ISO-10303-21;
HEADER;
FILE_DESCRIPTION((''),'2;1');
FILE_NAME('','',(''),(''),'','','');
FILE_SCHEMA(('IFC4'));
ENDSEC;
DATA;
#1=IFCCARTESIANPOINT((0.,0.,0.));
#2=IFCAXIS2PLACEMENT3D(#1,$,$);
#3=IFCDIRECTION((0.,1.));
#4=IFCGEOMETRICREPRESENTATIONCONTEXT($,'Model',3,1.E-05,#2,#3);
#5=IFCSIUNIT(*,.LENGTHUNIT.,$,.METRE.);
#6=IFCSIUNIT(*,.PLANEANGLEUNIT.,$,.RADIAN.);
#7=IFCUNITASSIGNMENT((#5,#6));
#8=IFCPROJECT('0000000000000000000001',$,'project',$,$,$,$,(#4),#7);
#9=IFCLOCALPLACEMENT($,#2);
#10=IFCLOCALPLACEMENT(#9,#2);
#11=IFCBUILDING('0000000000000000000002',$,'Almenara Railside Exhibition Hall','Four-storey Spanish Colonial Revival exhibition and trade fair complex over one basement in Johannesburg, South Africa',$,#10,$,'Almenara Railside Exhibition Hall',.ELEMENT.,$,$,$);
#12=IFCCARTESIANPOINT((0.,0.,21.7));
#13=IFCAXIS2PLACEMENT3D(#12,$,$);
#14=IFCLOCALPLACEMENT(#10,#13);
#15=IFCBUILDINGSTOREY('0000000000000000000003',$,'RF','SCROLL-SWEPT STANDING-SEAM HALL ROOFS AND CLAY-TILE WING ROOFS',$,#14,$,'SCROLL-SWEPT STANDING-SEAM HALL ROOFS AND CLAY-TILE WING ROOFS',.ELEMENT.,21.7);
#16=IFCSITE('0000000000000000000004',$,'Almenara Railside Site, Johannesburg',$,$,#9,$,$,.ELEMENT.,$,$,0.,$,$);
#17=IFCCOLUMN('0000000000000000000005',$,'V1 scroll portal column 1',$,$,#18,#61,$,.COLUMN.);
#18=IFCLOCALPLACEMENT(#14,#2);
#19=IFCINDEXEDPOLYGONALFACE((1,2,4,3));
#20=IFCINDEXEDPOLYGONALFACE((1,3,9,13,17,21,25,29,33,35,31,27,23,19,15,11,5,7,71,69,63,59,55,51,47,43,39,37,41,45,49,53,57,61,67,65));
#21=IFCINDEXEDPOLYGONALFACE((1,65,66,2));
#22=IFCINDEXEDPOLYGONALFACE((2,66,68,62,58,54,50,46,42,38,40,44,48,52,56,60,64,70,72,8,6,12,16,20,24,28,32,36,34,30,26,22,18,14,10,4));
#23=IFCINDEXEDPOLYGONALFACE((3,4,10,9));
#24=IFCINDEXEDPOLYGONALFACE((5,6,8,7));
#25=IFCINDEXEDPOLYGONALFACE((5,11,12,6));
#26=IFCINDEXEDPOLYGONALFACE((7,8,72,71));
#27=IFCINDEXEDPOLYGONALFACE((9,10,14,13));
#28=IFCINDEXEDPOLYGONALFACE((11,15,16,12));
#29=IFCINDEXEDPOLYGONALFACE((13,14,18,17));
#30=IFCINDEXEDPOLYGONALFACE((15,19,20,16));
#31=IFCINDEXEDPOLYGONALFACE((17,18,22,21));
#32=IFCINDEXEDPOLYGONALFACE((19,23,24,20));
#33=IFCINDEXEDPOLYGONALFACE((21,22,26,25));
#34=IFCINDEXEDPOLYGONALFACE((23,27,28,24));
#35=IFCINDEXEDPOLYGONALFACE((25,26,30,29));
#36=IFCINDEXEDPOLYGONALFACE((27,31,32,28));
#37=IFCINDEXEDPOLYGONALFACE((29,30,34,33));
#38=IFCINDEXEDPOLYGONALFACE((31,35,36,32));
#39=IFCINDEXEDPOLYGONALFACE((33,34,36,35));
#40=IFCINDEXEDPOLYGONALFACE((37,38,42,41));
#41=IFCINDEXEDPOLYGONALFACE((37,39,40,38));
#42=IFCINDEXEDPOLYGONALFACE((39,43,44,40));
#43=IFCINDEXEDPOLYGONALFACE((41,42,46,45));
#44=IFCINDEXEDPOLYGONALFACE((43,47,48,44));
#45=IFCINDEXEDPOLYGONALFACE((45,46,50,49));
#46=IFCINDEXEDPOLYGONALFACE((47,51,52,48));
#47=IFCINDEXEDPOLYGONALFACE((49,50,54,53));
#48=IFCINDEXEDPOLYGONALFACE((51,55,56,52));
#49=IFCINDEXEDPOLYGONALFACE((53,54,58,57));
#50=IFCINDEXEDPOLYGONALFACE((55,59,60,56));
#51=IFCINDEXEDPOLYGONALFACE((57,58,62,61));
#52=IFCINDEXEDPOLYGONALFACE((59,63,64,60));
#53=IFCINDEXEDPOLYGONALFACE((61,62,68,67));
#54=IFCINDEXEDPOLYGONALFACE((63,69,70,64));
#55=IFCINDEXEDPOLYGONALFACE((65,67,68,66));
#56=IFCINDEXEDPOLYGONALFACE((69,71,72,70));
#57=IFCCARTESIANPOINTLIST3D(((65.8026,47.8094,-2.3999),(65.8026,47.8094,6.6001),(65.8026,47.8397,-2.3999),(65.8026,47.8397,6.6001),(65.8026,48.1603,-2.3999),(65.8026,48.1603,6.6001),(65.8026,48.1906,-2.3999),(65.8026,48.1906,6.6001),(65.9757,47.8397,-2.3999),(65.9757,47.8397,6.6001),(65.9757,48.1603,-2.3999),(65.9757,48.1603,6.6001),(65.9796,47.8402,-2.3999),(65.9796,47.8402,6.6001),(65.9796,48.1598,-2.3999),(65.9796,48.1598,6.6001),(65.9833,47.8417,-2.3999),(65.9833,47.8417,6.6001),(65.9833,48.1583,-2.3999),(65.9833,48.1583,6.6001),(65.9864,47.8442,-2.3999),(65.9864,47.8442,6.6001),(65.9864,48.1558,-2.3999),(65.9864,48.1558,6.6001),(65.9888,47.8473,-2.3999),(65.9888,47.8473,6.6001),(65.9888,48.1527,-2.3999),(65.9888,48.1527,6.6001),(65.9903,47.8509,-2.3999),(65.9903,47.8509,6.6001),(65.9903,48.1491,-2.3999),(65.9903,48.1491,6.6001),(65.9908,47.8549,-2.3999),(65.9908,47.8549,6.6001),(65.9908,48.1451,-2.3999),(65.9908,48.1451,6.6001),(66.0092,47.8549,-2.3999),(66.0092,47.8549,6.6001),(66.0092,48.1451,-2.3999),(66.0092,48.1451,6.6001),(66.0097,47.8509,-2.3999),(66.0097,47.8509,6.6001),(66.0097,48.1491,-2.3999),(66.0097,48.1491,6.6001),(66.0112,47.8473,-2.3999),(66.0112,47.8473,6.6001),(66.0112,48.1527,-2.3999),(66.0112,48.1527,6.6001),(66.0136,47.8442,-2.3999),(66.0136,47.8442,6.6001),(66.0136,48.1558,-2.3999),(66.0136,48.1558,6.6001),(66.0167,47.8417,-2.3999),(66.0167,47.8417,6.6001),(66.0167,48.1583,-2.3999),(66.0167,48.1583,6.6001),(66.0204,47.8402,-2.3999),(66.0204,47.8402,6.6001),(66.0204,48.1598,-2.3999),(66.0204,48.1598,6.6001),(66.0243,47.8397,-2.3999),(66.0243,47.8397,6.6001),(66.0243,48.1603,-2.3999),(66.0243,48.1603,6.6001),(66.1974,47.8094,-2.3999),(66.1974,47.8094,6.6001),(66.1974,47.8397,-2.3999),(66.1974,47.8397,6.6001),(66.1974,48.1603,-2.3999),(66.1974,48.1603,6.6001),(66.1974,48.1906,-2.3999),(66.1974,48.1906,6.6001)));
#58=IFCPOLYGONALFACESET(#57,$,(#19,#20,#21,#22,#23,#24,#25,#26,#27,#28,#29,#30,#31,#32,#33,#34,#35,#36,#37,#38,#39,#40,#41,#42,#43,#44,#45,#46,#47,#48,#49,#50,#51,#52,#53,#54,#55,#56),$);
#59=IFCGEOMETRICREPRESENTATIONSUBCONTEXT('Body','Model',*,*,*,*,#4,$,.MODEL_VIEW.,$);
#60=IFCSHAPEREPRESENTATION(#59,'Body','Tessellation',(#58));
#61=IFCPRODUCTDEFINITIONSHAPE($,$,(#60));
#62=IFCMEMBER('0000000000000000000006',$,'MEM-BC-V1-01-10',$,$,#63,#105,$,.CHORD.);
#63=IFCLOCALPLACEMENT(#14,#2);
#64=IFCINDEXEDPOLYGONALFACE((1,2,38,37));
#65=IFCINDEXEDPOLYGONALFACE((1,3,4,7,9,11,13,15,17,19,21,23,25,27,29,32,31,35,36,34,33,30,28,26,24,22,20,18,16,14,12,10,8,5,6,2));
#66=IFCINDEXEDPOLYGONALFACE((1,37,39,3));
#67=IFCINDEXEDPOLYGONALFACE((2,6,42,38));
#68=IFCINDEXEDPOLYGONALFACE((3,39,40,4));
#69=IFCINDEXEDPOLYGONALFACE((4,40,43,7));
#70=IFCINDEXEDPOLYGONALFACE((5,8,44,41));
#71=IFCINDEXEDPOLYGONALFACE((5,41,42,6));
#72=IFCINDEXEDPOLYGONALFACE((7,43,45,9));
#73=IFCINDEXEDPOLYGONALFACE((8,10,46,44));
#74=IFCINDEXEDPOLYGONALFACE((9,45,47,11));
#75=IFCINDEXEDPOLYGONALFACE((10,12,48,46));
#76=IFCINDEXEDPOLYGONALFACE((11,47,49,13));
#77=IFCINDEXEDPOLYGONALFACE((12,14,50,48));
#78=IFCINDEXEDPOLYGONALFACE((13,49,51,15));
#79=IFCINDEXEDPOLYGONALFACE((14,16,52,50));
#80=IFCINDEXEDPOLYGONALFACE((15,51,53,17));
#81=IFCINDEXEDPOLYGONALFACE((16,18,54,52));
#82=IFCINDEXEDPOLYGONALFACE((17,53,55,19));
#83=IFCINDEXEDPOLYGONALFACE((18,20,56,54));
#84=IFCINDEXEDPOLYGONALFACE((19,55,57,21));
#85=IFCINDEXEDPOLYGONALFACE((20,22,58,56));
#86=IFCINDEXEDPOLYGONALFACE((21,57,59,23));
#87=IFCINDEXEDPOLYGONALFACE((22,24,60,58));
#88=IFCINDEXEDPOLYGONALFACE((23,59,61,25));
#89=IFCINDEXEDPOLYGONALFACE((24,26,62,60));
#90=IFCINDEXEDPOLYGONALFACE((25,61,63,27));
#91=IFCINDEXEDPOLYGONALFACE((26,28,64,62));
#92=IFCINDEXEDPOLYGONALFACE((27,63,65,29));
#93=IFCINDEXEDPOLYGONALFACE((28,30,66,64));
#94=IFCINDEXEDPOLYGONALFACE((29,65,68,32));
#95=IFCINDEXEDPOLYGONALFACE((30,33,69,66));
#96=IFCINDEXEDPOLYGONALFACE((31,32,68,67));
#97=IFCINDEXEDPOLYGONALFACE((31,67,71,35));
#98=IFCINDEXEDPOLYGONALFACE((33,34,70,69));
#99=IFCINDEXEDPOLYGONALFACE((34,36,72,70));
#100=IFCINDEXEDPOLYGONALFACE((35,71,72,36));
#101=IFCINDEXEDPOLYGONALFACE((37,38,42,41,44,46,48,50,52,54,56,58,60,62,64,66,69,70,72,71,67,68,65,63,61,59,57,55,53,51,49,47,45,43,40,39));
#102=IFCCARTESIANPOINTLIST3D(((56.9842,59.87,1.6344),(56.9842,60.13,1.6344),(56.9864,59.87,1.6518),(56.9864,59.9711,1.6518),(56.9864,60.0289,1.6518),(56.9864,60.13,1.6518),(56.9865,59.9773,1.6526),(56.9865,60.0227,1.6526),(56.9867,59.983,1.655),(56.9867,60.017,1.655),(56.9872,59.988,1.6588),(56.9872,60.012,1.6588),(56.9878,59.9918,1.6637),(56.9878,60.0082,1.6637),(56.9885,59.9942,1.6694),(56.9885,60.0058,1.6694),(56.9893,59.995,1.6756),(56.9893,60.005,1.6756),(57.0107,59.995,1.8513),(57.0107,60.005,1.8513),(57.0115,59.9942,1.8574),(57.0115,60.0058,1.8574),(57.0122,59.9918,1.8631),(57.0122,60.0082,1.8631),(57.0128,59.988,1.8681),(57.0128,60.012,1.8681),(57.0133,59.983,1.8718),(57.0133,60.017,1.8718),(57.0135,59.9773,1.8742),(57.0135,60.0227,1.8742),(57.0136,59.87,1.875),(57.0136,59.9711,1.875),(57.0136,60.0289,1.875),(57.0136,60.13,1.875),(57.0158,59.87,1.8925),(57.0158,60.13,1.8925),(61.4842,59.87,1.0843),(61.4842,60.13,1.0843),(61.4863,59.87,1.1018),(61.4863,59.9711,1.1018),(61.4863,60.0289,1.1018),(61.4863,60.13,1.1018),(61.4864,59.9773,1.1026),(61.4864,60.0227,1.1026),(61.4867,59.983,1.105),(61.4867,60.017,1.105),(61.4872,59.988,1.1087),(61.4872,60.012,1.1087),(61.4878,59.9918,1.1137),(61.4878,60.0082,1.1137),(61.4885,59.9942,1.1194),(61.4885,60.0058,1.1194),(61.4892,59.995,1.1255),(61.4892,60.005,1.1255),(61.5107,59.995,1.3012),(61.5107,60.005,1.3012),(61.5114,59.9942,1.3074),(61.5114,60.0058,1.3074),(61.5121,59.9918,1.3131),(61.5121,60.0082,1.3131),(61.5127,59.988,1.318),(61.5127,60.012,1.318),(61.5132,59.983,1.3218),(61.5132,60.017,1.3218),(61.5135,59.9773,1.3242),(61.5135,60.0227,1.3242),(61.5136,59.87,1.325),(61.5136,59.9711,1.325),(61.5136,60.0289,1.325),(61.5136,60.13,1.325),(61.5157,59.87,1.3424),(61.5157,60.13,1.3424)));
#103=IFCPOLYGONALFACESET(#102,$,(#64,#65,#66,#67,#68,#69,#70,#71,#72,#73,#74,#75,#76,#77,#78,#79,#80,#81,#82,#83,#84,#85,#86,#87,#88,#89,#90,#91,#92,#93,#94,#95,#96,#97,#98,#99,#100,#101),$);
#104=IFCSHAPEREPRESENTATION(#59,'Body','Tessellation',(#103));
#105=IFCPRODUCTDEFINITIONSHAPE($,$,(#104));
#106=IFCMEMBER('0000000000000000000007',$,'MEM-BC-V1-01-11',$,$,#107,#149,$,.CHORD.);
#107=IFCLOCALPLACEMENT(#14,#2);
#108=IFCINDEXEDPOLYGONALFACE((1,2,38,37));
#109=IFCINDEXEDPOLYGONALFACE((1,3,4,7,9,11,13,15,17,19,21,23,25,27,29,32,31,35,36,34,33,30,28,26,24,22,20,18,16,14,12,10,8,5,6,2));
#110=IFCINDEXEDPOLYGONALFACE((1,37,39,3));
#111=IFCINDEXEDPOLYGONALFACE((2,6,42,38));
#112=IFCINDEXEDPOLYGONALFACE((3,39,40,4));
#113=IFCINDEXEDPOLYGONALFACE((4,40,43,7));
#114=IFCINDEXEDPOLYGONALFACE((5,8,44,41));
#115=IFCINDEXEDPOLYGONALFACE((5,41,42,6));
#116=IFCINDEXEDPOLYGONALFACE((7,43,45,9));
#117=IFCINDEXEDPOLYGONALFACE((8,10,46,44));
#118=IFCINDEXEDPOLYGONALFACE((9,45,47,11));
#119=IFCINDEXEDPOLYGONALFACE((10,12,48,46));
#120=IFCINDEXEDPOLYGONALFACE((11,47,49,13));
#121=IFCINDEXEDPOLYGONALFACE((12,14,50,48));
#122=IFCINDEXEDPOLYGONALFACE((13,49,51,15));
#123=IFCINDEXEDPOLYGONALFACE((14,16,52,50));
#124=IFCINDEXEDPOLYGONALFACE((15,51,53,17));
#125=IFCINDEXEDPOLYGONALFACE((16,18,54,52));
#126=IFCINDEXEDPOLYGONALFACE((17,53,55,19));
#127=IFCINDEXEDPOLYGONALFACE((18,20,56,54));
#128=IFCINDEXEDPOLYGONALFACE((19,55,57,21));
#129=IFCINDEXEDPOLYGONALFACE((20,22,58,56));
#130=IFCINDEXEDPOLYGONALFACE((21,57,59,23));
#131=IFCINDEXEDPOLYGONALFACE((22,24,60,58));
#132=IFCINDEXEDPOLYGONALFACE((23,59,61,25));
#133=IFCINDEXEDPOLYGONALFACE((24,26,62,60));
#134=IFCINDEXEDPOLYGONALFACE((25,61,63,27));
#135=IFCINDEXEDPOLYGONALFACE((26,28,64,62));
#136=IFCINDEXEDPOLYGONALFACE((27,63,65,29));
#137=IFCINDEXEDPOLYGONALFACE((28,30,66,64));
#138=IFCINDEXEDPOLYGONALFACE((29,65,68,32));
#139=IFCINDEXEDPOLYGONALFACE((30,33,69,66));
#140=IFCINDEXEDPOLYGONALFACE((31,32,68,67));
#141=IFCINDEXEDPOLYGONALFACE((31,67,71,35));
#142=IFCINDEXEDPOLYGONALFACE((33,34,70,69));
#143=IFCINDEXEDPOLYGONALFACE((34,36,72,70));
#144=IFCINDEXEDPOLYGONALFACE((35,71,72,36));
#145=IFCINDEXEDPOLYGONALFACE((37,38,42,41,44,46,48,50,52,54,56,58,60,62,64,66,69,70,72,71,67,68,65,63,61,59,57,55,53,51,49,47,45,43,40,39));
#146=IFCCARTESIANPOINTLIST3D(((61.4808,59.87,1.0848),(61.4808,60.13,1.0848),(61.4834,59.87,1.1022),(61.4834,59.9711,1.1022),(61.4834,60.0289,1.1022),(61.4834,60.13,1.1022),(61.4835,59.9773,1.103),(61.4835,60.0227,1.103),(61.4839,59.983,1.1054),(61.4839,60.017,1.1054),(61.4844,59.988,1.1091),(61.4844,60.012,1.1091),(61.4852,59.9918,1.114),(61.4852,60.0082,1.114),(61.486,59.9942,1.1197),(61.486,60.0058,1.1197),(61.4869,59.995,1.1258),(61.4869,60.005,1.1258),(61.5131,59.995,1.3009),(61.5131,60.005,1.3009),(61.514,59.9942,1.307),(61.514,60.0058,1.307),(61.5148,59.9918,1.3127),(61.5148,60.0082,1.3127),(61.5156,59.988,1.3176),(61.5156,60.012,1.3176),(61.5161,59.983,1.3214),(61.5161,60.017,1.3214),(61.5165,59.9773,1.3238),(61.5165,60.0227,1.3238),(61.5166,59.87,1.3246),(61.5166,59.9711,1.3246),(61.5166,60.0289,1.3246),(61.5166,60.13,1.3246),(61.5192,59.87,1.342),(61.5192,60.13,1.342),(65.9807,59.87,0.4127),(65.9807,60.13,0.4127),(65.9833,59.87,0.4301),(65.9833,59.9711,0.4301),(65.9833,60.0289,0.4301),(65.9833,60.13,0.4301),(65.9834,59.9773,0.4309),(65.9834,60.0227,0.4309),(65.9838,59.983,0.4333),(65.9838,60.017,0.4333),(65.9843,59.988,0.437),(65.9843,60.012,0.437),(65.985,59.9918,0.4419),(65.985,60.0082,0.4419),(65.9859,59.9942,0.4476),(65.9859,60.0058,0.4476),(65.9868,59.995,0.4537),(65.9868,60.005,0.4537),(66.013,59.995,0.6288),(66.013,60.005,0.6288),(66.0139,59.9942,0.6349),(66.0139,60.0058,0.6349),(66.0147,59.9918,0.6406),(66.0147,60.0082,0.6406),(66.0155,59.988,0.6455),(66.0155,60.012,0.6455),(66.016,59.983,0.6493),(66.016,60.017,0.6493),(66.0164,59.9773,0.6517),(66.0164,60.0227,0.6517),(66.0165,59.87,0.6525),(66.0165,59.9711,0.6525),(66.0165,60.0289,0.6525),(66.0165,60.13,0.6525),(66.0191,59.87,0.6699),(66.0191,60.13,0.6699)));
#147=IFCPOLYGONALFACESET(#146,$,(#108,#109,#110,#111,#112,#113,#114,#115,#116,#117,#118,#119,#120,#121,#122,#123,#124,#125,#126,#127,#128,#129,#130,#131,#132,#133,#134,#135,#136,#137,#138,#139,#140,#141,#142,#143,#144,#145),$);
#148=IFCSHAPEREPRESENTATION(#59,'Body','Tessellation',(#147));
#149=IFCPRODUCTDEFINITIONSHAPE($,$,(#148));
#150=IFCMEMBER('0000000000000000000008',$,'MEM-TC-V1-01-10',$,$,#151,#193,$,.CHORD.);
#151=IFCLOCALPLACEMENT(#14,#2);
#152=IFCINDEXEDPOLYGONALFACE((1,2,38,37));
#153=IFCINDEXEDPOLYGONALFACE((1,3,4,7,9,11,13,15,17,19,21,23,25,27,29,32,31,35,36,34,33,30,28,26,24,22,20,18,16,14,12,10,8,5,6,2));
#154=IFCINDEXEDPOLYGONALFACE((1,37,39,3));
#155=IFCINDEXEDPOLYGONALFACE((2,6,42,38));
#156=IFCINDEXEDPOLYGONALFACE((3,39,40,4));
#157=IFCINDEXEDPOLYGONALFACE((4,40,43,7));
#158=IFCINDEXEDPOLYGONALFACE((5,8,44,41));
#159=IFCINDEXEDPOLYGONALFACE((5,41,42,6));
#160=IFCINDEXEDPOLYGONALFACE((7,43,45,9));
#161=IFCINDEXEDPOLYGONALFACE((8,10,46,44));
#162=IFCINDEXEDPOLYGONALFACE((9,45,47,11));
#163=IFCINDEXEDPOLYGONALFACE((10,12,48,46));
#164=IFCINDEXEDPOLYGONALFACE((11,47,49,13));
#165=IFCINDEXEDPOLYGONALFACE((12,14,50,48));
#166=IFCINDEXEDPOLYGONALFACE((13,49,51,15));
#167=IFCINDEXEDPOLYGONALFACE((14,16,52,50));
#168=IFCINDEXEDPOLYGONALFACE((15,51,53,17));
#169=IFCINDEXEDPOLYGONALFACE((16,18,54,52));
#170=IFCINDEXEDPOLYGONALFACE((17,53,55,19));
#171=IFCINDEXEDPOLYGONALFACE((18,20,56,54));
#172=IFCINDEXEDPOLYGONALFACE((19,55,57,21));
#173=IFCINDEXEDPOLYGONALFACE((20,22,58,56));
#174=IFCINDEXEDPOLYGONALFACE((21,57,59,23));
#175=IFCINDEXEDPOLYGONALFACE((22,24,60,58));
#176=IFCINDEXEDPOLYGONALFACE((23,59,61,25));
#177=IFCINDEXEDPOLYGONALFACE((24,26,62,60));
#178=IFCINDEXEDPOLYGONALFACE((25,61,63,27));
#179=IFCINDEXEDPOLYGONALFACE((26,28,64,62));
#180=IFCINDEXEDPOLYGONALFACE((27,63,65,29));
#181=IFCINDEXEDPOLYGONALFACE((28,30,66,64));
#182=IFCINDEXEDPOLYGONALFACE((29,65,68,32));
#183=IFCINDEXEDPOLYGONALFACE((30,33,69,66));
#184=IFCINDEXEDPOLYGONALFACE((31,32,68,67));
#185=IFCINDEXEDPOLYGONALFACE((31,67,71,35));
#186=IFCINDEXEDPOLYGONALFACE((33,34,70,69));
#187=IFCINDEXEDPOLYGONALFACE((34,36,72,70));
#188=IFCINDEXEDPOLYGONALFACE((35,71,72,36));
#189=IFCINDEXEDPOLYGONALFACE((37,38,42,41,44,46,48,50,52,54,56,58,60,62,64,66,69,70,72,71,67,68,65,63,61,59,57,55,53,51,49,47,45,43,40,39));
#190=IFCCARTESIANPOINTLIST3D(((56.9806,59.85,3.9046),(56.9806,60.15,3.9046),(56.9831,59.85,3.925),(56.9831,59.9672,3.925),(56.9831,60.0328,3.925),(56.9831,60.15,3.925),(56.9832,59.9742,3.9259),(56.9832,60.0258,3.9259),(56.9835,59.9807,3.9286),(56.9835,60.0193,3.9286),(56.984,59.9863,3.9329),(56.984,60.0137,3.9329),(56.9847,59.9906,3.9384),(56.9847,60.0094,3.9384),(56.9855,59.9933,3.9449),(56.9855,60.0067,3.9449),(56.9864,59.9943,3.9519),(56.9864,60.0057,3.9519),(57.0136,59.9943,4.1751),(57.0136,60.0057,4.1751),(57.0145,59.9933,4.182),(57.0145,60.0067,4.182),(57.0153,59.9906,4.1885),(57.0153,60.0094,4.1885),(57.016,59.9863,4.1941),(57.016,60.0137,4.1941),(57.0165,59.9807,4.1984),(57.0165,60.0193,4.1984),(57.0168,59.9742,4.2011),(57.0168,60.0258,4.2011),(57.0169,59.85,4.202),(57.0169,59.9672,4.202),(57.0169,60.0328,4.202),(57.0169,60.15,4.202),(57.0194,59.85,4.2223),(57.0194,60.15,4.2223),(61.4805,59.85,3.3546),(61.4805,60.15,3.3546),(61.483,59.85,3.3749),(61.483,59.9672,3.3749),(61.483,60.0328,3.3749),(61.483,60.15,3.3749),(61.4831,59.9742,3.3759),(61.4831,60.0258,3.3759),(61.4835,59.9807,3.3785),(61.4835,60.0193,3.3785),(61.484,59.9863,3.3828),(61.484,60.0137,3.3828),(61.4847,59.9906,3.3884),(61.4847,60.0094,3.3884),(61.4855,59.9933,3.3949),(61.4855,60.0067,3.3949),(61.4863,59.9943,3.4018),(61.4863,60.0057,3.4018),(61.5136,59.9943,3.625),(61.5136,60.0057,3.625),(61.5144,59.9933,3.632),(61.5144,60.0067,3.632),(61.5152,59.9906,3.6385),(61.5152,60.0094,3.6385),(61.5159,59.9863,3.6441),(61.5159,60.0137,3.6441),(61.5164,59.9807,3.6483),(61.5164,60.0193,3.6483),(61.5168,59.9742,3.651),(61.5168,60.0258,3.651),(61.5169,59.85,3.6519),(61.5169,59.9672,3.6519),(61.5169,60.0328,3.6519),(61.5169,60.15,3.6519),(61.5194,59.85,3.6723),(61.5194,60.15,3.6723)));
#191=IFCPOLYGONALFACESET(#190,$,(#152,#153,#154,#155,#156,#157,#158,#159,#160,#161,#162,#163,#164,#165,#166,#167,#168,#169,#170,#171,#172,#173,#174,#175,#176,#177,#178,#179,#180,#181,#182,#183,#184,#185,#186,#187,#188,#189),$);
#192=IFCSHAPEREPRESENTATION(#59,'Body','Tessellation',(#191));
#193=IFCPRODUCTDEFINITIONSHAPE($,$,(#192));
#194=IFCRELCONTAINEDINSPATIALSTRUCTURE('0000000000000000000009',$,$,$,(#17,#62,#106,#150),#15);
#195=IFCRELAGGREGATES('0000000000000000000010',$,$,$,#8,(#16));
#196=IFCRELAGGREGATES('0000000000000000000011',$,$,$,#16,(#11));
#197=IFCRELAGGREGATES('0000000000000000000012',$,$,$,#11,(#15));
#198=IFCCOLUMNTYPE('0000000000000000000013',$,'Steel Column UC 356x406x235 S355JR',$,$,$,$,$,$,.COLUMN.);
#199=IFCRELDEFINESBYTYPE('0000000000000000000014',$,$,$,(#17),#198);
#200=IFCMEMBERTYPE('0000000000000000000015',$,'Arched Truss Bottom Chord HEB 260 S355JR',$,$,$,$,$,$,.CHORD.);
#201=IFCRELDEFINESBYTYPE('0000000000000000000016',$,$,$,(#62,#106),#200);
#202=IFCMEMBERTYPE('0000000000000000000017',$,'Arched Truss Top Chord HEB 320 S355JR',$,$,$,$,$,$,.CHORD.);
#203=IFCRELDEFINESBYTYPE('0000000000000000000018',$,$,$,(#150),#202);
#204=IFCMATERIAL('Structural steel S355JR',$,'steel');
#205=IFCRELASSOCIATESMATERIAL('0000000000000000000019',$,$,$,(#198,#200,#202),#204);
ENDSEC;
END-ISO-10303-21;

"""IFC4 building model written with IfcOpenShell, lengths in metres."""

from ifc_helpers import new_model, si_unit, direction, frame, origin, origin_2d, place, context, subcontext, project, spatial, i_section, extrude, material, material_profile, profile_set, type_object, element, save


model = new_model("IFC4")

# Units and contexts
model_context = context("Model", 3, precision=1e-05, world=origin(), true_north=direction((0.0, 1.0)))
body_context = subcontext(model_context, "Body", "Model", "MODEL_VIEW")
ifc_project = project(units=[si_unit("LENGTHUNIT", "METRE"), si_unit("PLANEANGLEUNIT", "RADIAN")], contexts=[model_context])

# Site, building, storey
site_placement = place(None, origin())
site = spatial("IfcSite", under=ifc_project, at=site_placement, Name="Almenara Railside Site, Johannesburg", CompositionType="ELEMENT", RefElevation=0.0)
building_placement = place(site_placement, origin())
building = spatial("IfcBuilding", under=site, at=building_placement, Name="Almenara Railside Exhibition Hall", Description="Four-storey Spanish Colonial Revival exhibition and trade fair complex over one basement in Johannesburg, South Africa", LongName="Almenara Railside Exhibition Hall", CompositionType="ELEMENT")
storey_placement = place(building_placement, frame((0.0, 0.0, 21.7)))
storey = spatial("IfcBuildingStorey", under=building, at=storey_placement, Name="RF", Description="SCROLL-SWEPT STANDING-SEAM HALL ROOFS AND CLAY-TILE WING ROOFS", LongName="SCROLL-SWEPT STANDING-SEAM HALL ROOFS AND CLAY-TILE WING ROOFS", CompositionType="ELEMENT", Elevation=21.7)

# Column
ifc_material_1 = material(Name="Structural steel S355JR", Category="steel")
ifc_material_profile_1 = material_profile(ifc_material_1, i_section(OverallWidth=0.3948, OverallDepth=0.3811, WebThickness=0.0183, FlangeThickness=0.0303, FilletRadius=0.0151, at=origin_2d()), Name="UC 356x406x235")
ifc_profile_set_1 = profile_set([ifc_material_profile_1], Name="Structural steel S355JR")
column_type = type_object("IfcColumnType", Name="Steel Column UC 356x406x235 S355JR", PredefinedType="COLUMN", material=ifc_profile_set_1)
column_placement = place(storey_placement, frame((66.0, 48.0, -2.3999), z_axis=(0.0, 0.0, 1.0), x_axis=(1.0, 0.0, 0.0)))
element("IfcColumn", 1, at=column_placement, inside=storey, type_object=column_type, Name="V1 scroll portal column 1", PredefinedType="COLUMN", context=body_context, shape_type="SweptSolid", body=[
    extrude(i_section(OverallWidth=0.3948, OverallDepth=0.3811, WebThickness=0.0183, FlangeThickness=0.0303, FilletRadius=0.0151, at=origin_2d()), origin(), (0.0, 0.0, 1.0), 9.0),
])

# Members
ifc_material_profile_2 = material_profile(ifc_material_1, i_section(OverallWidth=0.26, OverallDepth=0.26, WebThickness=0.01, FlangeThickness=0.0176, FilletRadius=0.0239, at=origin_2d()), Name="HEB 260")
ifc_profile_set_2 = profile_set([ifc_material_profile_2], Name="Structural steel S355JR")
member_type_1 = type_object("IfcMemberType", Name="Arched Truss Bottom Chord HEB 260 S355JR", PredefinedType="CHORD", material=ifc_profile_set_2)
member_1_placement = place(storey_placement, frame((57.0, 60.0, 1.7634), z_axis=(0.992612, 0.0, -0.12133), x_axis=(0.0, 1.0, 0.0)))
element("IfcMember", 2, at=member_1_placement, inside=storey, type_object=member_type_1, Name="MEM-BC-V1-01-10", PredefinedType="CHORD", context=body_context, shape_type="SweptSolid", body=[
    extrude(i_section(OverallWidth=0.26, OverallDepth=0.26, WebThickness=0.01, FlangeThickness=0.0176, FilletRadius=0.0239, at=origin_2d()), origin(), (0.0, 0.0, 1.0), 4.5334),
])
member_2_placement = place(storey_placement, frame((61.5, 60.0, 1.2134), z_axis=(0.989029, 0.0, -0.147721), x_axis=(0.0, 1.0, 0.0)))
element("IfcMember", 3, at=member_2_placement, inside=storey, type_object=member_type_1, Name="MEM-BC-V1-01-11", PredefinedType="CHORD", context=body_context, shape_type="SweptSolid", body=[
    extrude(i_section(OverallWidth=0.26, OverallDepth=0.26, WebThickness=0.01, FlangeThickness=0.0176, FilletRadius=0.0239, at=origin_2d()), origin(), (0.0, 0.0, 1.0), 4.5498),
])
ifc_material_profile_3 = material_profile(ifc_material_1, i_section(OverallWidth=0.3, OverallDepth=0.3201, WebThickness=0.0115, FlangeThickness=0.0205, FilletRadius=0.0271, at=origin_2d()), Name="HEB 320")
ifc_profile_set_3 = profile_set([ifc_material_profile_3], Name="Structural steel S355JR")
member_type_2 = type_object("IfcMemberType", Name="Arched Truss Top Chord HEB 320 S355JR", PredefinedType="CHORD", material=ifc_profile_set_3)
member_3_placement = place(storey_placement, frame((57.0, 60.0, 4.0635), z_axis=(0.992612, 0.0, -0.12133), x_axis=(0.0, 1.0, 0.0)))
element("IfcMember", 4, at=member_3_placement, inside=storey, type_object=member_type_2, Name="MEM-TC-V1-01-10", PredefinedType="CHORD", context=body_context, shape_type="SweptSolid", body=[
    extrude(i_section(OverallWidth=0.3, OverallDepth=0.3201, WebThickness=0.0115, FlangeThickness=0.0205, FilletRadius=0.0271, at=origin_2d()), origin(), (0.0, 0.0, 1.0), 4.5334),
])

save(model, "model.ifc")
